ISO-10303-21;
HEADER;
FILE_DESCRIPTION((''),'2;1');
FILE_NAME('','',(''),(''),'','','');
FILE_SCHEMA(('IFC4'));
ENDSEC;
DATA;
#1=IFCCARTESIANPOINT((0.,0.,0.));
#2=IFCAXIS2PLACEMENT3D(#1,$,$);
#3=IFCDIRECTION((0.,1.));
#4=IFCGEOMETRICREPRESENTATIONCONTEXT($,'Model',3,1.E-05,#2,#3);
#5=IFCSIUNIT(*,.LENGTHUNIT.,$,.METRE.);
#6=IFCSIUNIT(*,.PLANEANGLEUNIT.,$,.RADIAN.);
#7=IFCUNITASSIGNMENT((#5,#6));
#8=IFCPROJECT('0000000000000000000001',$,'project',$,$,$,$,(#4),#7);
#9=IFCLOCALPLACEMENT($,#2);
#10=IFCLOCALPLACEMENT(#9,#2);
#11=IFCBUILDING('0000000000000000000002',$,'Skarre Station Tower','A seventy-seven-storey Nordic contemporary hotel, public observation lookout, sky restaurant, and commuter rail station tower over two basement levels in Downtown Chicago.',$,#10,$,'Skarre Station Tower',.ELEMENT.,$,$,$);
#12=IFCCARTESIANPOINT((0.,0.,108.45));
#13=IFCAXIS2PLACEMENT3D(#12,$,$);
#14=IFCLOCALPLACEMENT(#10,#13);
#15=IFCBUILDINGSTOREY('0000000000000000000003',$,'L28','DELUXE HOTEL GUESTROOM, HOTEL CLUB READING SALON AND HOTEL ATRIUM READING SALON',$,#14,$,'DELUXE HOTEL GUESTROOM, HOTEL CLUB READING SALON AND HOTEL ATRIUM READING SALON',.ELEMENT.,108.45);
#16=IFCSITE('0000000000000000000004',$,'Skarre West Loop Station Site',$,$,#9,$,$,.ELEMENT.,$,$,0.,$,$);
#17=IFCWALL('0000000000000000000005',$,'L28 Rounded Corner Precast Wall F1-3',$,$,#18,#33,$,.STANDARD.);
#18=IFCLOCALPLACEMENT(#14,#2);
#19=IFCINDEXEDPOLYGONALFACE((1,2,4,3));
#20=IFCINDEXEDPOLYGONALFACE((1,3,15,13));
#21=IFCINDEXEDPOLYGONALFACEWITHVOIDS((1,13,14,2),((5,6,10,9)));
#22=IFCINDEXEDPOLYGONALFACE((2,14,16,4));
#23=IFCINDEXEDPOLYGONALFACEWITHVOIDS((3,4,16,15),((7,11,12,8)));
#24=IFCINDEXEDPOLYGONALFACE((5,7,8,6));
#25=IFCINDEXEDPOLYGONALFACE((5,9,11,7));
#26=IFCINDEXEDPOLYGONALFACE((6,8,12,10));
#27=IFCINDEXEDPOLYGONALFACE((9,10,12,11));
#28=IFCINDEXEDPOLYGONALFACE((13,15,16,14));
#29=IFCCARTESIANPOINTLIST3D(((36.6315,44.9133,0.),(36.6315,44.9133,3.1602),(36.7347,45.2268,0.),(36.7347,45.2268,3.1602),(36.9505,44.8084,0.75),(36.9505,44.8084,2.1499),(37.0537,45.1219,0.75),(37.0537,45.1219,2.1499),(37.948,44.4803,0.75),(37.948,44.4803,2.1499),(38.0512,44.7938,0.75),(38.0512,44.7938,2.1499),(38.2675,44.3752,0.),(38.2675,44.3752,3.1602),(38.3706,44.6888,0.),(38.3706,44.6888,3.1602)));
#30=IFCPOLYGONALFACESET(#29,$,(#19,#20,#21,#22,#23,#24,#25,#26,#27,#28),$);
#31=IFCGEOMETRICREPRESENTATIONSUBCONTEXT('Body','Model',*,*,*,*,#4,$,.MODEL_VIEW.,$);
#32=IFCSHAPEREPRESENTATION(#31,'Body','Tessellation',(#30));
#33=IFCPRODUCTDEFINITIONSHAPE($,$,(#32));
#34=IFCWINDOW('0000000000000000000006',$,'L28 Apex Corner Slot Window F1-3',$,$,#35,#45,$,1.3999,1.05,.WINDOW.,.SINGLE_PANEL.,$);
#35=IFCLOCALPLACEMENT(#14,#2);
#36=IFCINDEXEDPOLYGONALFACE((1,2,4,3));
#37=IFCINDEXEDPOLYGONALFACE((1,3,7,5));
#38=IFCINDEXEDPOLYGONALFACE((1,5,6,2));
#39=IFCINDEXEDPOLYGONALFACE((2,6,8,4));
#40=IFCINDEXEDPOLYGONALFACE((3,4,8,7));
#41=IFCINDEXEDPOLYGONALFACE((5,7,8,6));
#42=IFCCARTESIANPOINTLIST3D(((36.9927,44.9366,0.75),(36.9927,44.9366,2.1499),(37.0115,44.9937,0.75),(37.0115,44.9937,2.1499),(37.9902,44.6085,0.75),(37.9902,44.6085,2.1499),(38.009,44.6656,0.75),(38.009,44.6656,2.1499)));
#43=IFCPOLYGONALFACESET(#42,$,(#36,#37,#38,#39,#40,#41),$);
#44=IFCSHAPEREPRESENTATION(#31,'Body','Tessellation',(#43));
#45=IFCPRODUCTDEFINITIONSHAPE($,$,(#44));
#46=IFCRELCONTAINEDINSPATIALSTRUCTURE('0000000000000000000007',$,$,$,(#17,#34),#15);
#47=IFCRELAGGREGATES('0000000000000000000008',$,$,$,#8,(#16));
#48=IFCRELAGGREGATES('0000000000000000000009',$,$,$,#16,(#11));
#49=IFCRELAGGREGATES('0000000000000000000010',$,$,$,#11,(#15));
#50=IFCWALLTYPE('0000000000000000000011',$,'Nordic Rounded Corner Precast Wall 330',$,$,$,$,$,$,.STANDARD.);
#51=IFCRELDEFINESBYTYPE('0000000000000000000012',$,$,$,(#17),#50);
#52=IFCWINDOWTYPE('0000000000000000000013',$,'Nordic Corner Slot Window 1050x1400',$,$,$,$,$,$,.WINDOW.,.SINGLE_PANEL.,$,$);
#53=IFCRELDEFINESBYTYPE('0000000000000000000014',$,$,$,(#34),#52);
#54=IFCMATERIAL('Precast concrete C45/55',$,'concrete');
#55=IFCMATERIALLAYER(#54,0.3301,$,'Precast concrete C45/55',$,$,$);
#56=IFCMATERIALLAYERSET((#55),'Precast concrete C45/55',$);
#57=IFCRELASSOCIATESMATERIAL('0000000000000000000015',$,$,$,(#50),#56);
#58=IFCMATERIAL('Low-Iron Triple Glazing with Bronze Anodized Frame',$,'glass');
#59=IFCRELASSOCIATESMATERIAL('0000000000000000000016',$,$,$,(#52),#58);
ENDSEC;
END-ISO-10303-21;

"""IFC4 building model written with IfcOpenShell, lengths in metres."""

from ifc_helpers import new_model, si_unit, direction, frame, frame_2d, origin, place, context, subcontext, project, spatial, rectangle, extrude, material, layer, layer_set, type_object, element, fill, save


model = new_model("IFC4")

# Units and contexts
model_context = context("Model", 3, precision=1e-05, world=origin(), true_north=direction((0.0, 1.0)))
body_context = subcontext(model_context, "Body", "Model", "MODEL_VIEW")
ifc_project = project(units=[si_unit("LENGTHUNIT", "METRE"), si_unit("PLANEANGLEUNIT", "RADIAN")], contexts=[model_context])

# Site, building, storey
site_placement = place(None, origin())
site = spatial("IfcSite", under=ifc_project, at=site_placement, Name="Skarre West Loop Station Site", CompositionType="ELEMENT", RefElevation=0.0)
building_placement = place(site_placement, origin())
building = spatial("IfcBuilding", under=site, at=building_placement, Name="Skarre Station Tower", Description="A seventy-seven-storey Nordic contemporary hotel, public observation lookout, sky restaurant, and commuter rail station tower over two basement levels in Downtown Chicago.", LongName="Skarre Station Tower", CompositionType="ELEMENT")
storey_placement = place(building_placement, frame((0.0, 0.0, 108.45)))
storey = spatial("IfcBuildingStorey", under=building, at=storey_placement, Name="L28", Description="DELUXE HOTEL GUESTROOM, HOTEL CLUB READING SALON AND HOTEL ATRIUM READING SALON", LongName="DELUXE HOTEL GUESTROOM, HOTEL CLUB READING SALON AND HOTEL ATRIUM READING SALON", CompositionType="ELEMENT", Elevation=108.45)

# Shared definitions
ifc_material_1 = material(Name="Precast concrete C45/55", Category="concrete")
ifc_material_2 = material(Name="Low-Iron Triple Glazing with Bronze Anodized Frame", Category="glass")

# Shared definitions
ifc_layer_1 = layer(ifc_material_1, 0.3301, Name="Precast concrete C45/55")
ifc_layer_set_1 = layer_set([ifc_layer_1], Name="Precast concrete C45/55")
wall_type_1 = type_object("IfcWallType", Name="Nordic Rounded Corner Precast Wall 330", PredefinedType="STANDARD", material=ifc_layer_set_1)

# Wall, opening, window
window_type_1 = type_object("IfcWindowType", Name="Nordic Corner Slot Window 1050x1400", PartitioningType="SINGLE_PANEL", PredefinedType="WINDOW", material=ifc_material_2)
wall_1_placement = place(storey_placement, frame((36.6831, 45.0701, 0.0), z_axis=(0.0, 0.0, 1.0), x_axis=(0.949937, -0.31244, 0.0)))
wall_1 = element("IfcWall", 1, at=wall_1_placement, inside=storey, type_object=wall_type_1, Name="L28 Rounded Corner Precast Wall F1-3", PredefinedType="STANDARD", context=body_context, shape_type="SweptSolid", body=[
    extrude(rectangle(XDim=1.7222, YDim=0.3301, at=frame_2d((0.8611, 0.0))), origin(), (0.0, 0.0, 1.0), 3.1602),
])
opening_1_placement = place(wall_1_placement, frame((0.3359, 0.0, 0.75)))
opening_1 = element("IfcOpeningElement", 2, at=opening_1_placement, cuts=wall_1, PredefinedType="OPENING", context=body_context, shape_type="SweptSolid", body=[
    extrude(rectangle(XDim=1.05, YDim=1.3999, at=frame_2d((0.5249, 0.7))), frame((0.0, 0.175, 0.0), z_axis=(0.0, -1.0, 0.0), x_axis=(1.0, 0.0, 0.0)), (0.0, 0.0, 1.0), 0.3501),
])
window_1_placement = place(opening_1_placement, origin())
window_1 = element("IfcWindow", 3, at=window_1_placement, inside=storey, type_object=window_type_1, Name="L28 Apex Corner Slot Window F1-3", OverallHeight=1.3999, OverallWidth=1.05, PartitioningType="SINGLE_PANEL", PredefinedType="WINDOW", context=body_context, shape_type="SweptSolid", body=[
    extrude(rectangle(XDim=1.05, YDim=1.3999, at=frame_2d((0.5249, 0.7))), frame((0.0, 0.03, 0.0), z_axis=(0.0, -1.0, 0.0), x_axis=(1.0, 0.0, 0.0)), (0.0, 0.0, 1.0), 0.0601),
])
fill(opening_1, window_1)

save(model, "model.ifc")
